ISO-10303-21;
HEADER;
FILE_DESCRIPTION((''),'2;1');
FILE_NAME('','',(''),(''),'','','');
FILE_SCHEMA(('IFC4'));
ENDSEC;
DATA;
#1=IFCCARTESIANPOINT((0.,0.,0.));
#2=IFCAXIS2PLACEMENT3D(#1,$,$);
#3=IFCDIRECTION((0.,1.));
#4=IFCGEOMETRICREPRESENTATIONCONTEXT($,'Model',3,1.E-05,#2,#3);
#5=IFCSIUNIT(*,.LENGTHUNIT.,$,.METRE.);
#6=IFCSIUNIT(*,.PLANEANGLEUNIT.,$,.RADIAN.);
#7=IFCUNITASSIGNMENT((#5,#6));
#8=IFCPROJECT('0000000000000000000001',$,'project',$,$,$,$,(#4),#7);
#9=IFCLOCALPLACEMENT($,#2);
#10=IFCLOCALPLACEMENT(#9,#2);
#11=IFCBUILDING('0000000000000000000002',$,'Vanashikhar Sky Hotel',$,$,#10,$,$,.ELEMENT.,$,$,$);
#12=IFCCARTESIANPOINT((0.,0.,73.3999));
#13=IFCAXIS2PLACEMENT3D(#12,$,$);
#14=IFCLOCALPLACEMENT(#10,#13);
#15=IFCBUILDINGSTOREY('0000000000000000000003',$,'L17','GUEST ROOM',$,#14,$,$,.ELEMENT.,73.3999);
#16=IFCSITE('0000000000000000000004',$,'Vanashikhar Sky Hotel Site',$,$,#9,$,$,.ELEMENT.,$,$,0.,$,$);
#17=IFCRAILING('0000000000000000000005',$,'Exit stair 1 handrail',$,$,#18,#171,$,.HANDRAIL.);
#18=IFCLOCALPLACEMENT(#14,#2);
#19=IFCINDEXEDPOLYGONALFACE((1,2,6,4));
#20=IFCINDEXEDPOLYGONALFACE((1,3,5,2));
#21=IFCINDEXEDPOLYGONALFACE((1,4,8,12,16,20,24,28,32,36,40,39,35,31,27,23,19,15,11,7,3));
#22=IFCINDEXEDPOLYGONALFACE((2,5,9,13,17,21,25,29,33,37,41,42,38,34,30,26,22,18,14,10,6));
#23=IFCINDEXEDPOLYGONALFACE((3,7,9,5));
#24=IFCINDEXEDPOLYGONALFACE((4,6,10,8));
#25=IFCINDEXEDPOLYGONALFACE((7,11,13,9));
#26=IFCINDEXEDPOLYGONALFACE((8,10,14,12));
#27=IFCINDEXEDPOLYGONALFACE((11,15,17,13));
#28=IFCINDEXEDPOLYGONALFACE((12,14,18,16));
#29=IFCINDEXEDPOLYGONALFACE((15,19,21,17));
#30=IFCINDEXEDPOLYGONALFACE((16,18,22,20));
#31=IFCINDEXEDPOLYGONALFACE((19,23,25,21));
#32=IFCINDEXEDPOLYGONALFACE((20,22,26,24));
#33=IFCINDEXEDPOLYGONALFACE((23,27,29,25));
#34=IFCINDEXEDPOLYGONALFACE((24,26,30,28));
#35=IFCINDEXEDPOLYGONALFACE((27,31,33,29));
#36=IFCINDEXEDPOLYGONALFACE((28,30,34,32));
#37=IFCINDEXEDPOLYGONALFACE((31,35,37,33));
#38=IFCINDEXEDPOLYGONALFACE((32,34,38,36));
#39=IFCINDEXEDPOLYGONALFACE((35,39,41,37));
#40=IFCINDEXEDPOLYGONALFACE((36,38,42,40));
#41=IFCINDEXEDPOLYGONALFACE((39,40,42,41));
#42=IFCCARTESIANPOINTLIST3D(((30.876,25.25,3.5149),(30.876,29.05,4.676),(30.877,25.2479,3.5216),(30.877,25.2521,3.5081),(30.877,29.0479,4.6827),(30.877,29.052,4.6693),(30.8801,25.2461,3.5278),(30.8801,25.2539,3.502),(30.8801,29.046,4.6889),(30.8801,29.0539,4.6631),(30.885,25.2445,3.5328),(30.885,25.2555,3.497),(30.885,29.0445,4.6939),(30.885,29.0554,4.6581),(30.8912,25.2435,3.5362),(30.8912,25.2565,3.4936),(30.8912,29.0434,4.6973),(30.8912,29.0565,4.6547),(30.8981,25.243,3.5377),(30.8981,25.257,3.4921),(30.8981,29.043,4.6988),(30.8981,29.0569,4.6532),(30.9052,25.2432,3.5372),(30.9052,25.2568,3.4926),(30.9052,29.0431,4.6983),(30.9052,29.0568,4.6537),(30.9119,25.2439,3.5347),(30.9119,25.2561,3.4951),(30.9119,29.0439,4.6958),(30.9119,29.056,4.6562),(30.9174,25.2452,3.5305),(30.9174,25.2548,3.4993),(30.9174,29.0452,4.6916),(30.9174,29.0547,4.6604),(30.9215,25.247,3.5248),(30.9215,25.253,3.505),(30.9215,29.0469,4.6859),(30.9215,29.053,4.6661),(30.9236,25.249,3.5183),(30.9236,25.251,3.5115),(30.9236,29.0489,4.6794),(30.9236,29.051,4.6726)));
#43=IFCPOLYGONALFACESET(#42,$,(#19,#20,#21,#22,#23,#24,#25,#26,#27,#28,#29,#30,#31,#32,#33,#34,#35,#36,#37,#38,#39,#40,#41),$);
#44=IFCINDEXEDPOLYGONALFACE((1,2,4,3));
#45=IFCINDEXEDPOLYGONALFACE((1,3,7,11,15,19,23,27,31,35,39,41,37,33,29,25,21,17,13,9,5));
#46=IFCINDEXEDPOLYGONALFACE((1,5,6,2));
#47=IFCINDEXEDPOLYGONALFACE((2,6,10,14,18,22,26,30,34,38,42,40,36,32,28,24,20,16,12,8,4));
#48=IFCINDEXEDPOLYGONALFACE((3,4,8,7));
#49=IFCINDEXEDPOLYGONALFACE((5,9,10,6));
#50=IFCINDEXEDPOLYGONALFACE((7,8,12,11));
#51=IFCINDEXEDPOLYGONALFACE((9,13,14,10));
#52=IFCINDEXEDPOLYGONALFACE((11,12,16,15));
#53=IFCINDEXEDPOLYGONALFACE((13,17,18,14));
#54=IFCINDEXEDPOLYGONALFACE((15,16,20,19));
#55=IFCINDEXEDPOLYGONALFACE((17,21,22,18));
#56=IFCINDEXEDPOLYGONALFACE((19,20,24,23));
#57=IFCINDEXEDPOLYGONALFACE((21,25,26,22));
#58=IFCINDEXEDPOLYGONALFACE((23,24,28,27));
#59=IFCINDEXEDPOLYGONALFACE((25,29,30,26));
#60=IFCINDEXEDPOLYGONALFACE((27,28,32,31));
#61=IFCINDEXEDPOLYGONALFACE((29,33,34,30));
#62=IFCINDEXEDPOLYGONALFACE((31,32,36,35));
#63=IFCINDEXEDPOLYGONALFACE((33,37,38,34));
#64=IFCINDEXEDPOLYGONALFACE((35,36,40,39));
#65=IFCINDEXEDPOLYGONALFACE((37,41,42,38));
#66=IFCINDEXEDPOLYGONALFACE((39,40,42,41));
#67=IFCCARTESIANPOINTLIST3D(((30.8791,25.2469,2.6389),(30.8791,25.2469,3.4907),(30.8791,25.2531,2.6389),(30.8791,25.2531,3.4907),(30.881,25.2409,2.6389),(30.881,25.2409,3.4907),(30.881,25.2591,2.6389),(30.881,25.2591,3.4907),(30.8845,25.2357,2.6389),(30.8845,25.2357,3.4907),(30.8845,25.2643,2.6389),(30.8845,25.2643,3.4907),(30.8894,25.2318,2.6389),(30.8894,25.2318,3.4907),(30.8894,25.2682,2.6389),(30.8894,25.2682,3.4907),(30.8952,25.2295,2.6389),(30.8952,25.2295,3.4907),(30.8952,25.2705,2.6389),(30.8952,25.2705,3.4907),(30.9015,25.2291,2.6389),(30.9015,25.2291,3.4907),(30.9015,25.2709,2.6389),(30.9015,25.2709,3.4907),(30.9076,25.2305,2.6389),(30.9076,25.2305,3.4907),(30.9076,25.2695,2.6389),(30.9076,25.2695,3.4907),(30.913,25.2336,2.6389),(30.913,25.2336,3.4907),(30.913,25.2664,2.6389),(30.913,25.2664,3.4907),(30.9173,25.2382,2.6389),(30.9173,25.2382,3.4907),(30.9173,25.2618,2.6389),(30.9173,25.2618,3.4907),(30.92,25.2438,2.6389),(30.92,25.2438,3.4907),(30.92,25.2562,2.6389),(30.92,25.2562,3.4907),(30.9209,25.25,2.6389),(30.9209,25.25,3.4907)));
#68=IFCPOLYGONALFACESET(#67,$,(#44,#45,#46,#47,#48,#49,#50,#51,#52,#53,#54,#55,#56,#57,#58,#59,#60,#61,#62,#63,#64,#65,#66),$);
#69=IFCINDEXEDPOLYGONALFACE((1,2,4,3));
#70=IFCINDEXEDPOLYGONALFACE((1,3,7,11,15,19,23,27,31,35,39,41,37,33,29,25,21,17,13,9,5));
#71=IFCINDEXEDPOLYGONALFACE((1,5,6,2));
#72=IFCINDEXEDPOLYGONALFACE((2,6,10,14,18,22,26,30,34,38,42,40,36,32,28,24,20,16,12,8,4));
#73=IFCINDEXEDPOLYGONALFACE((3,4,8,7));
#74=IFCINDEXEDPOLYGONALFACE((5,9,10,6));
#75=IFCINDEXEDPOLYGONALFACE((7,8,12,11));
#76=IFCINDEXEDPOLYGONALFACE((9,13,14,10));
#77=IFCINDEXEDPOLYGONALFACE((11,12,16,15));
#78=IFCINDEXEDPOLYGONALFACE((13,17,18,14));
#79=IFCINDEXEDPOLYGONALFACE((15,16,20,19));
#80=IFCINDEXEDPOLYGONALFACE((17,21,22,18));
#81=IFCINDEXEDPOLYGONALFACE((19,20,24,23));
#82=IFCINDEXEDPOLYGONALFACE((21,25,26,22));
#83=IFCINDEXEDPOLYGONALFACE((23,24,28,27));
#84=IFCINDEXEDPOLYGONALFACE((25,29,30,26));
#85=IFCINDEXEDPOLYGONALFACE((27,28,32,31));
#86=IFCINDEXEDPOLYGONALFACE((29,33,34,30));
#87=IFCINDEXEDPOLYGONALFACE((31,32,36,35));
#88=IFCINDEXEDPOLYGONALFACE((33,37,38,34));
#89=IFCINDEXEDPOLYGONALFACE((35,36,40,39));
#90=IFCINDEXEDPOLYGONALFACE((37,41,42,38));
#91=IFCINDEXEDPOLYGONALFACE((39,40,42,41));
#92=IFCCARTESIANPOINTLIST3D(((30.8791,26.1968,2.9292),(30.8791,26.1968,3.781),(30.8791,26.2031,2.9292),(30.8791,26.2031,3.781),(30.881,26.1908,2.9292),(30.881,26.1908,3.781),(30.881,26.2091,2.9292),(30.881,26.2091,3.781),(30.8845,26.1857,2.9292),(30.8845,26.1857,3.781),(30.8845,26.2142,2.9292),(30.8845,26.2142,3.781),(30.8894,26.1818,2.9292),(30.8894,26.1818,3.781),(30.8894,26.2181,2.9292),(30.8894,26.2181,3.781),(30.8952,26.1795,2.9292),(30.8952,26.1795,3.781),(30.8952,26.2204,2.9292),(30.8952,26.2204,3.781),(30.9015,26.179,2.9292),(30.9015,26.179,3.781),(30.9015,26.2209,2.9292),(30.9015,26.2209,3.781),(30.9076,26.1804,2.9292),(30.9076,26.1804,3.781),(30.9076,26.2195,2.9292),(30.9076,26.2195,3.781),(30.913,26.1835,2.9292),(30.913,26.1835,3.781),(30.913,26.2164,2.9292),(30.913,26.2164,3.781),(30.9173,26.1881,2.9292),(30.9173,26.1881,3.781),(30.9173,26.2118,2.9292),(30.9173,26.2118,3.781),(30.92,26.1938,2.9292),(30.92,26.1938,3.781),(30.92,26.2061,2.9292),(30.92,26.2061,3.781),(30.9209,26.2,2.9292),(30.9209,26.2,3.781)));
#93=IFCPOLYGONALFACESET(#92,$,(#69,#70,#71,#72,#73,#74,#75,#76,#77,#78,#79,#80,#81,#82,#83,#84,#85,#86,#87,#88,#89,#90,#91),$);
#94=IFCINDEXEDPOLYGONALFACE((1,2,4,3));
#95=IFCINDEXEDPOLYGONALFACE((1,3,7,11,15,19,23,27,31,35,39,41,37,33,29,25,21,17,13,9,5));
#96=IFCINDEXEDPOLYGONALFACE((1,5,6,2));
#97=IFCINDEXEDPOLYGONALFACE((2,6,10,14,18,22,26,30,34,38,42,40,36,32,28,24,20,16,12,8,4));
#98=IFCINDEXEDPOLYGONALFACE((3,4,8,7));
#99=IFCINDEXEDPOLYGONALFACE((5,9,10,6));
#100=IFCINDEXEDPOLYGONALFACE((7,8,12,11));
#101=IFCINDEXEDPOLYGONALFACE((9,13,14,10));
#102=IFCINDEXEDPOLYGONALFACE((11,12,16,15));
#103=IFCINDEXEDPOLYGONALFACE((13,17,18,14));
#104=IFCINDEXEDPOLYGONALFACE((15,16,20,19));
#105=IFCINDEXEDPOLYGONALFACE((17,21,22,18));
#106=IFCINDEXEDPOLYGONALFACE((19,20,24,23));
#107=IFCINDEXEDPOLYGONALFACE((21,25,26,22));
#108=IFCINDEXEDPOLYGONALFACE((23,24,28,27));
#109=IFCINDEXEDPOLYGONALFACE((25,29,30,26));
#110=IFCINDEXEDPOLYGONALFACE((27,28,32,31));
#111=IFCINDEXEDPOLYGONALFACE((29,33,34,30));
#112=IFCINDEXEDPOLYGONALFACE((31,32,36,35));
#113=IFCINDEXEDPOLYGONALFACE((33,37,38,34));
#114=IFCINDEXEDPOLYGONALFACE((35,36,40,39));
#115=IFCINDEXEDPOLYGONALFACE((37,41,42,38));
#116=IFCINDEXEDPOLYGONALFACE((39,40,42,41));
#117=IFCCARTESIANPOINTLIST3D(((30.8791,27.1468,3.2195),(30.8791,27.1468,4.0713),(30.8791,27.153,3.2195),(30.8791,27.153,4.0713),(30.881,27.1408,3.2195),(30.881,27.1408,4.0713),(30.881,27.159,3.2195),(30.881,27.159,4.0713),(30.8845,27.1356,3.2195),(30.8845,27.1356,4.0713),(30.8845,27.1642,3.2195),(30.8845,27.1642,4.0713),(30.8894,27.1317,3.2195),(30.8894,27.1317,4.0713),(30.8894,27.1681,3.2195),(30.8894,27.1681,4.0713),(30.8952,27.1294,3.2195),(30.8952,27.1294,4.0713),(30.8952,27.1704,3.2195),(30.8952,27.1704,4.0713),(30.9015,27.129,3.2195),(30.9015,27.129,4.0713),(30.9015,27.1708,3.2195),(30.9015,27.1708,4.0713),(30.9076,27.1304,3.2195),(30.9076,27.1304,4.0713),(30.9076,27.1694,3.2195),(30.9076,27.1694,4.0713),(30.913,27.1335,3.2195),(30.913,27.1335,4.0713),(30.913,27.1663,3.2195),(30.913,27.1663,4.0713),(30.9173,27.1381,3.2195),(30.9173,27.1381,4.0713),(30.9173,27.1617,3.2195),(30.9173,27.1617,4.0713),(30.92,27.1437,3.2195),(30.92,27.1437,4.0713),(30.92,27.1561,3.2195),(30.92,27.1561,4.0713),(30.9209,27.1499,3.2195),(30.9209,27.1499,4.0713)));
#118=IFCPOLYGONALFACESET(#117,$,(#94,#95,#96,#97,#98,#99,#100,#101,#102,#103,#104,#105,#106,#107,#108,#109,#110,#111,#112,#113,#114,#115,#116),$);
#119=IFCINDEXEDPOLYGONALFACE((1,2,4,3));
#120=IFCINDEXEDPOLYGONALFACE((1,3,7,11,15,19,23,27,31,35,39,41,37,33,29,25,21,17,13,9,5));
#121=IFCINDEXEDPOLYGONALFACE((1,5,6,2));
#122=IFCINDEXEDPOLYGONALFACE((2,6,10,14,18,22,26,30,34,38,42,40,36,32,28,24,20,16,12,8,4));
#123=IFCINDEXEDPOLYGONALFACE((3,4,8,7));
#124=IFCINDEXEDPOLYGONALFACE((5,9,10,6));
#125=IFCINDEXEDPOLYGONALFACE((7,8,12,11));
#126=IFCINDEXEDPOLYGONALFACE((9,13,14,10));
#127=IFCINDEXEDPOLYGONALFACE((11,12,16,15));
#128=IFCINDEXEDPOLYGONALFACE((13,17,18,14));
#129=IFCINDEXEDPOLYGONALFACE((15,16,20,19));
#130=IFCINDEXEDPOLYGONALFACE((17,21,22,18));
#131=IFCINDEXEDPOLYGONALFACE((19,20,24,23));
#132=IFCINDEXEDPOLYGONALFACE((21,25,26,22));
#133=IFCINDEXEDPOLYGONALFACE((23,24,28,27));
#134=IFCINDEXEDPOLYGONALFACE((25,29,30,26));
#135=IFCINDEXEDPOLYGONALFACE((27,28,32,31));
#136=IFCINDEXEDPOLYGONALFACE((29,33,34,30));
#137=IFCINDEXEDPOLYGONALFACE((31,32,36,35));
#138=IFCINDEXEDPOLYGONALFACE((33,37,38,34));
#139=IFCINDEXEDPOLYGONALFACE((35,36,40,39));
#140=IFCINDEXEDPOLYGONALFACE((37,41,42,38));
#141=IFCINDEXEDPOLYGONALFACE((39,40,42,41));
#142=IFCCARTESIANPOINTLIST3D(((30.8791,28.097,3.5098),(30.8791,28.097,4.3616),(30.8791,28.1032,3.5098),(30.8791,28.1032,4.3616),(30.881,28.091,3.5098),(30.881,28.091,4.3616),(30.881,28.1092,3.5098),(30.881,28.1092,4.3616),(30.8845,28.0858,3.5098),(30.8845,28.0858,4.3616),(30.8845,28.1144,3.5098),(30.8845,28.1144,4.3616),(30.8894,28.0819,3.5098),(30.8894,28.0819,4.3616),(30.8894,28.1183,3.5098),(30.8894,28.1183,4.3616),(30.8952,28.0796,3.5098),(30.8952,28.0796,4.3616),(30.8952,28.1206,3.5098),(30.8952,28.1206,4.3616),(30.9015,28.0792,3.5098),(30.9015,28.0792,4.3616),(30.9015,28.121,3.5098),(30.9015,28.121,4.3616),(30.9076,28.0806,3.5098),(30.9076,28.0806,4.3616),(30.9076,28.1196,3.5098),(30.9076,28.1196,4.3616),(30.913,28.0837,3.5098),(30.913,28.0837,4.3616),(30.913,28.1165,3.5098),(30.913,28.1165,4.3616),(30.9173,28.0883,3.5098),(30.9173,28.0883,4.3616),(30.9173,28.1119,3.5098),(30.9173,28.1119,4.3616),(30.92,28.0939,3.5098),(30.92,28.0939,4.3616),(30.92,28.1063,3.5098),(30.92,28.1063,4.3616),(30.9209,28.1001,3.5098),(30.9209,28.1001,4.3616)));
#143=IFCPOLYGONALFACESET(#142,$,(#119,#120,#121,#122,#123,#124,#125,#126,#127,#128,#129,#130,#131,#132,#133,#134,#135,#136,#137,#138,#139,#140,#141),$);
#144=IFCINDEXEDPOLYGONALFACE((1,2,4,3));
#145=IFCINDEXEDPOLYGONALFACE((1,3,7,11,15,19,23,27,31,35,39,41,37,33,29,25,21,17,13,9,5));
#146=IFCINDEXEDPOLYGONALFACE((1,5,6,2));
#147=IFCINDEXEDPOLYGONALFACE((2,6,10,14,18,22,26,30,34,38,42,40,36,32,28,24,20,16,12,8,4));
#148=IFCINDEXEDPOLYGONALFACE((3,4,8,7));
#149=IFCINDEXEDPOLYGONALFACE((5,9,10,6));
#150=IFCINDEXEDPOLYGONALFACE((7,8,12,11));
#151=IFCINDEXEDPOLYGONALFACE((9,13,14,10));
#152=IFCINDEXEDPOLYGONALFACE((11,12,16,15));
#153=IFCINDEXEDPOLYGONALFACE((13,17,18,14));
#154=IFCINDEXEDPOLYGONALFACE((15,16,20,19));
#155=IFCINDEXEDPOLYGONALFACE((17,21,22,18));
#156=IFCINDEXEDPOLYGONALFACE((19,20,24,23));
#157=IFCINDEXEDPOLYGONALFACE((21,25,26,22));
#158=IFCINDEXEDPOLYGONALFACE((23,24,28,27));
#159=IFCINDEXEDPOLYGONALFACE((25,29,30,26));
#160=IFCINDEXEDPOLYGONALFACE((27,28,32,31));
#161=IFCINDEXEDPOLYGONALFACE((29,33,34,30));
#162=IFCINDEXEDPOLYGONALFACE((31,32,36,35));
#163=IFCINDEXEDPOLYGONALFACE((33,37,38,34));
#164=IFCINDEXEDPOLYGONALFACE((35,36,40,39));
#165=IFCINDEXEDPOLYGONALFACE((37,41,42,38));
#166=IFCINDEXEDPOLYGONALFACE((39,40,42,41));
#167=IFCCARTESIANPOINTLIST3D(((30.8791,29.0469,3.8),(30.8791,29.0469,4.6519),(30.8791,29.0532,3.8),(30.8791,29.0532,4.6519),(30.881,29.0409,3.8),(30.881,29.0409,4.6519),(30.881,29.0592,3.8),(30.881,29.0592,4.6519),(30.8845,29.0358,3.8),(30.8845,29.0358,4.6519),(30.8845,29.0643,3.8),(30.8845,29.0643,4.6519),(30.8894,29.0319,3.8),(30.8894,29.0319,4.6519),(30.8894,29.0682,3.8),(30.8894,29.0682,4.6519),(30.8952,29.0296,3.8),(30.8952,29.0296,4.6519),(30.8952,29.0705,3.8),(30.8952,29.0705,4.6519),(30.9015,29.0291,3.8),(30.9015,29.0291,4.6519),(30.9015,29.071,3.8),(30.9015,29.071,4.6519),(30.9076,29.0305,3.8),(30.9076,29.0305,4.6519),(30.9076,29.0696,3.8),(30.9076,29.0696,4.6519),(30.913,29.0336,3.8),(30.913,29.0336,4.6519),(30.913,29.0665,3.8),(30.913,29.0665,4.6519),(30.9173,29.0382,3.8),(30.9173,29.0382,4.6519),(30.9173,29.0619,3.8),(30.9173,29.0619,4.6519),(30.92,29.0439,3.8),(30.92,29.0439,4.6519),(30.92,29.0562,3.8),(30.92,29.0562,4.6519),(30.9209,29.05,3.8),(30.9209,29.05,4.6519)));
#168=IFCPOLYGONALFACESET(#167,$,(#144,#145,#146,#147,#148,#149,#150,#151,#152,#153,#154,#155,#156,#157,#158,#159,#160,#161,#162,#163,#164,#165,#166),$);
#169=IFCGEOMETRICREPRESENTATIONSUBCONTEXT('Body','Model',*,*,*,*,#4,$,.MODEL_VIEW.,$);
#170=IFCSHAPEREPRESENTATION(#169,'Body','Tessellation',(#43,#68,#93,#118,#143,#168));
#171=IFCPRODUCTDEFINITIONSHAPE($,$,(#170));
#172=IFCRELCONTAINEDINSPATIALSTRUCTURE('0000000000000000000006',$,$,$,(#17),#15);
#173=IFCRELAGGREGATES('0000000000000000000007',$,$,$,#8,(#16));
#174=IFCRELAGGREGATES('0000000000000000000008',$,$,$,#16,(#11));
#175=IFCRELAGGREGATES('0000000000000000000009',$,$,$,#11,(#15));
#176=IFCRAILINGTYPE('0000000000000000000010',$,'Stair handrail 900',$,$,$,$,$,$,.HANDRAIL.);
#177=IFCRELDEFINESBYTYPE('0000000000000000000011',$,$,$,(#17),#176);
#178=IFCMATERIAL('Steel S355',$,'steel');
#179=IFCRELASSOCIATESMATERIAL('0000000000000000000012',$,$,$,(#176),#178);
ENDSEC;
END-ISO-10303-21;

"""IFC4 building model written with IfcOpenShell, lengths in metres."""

from ifc_helpers import new_model, si_unit, direction, frame, origin, origin_2d, place, context, subcontext, project, spatial, circle, extrude, source, transform, mapped, material, type_object, element, save


model = new_model("IFC4")

# Units and contexts
model_context = context("Model", 3, precision=1e-05, world=origin(), true_north=direction((0.0, 1.0)))
body_context = subcontext(model_context, "Body", "Model", "MODEL_VIEW")
ifc_project = project(units=[si_unit("LENGTHUNIT", "METRE"), si_unit("PLANEANGLEUNIT", "RADIAN")], contexts=[model_context])

# Site, building, storey
site_placement = place(None, origin())
site = spatial("IfcSite", under=ifc_project, at=site_placement, Name="Vanashikhar Sky Hotel Site", CompositionType="ELEMENT", RefElevation=0.0)
building_placement = place(site_placement, origin())
building = spatial("IfcBuilding", under=site, at=building_placement, Name="Vanashikhar Sky Hotel", CompositionType="ELEMENT")
storey_placement = place(building_placement, frame((0.0, 0.0, 73.3999)))
storey = spatial("IfcBuildingStorey", under=building, at=storey_placement, Name="L17", Description="GUEST ROOM", CompositionType="ELEMENT", Elevation=73.3999)

# Railing
ifc_material_1 = material(Name="Steel S355", Category="steel")
railing_type = type_object("IfcRailingType", Name="Stair handrail 900", PredefinedType="HANDRAIL", material=ifc_material_1)
shared_shape_1 = source(origin(), body_context, "Body", "SweptSolid", [
    extrude(circle(Radius=0.0239, at=origin_2d()), frame((0.0, 0.0, 0.876), z_axis=(0.0, 0.956351, 0.29222), x_axis=(-1.0, 0.0, 0.0)), (0.0, 0.0, 1.0), 3.9734),
    extrude(circle(Radius=0.021, at=origin_2d()), origin(), (0.0, 0.0, 1.0), 0.8518),
    extrude(circle(Radius=0.021, at=origin_2d()), frame((0.0, 0.95, 0.2903)), (0.0, 0.0, 1.0), 0.8518),
    extrude(circle(Radius=0.021, at=origin_2d()), frame((0.0, 1.8999, 0.5806)), (0.0, 0.0, 1.0), 0.8518),
    extrude(circle(Radius=0.021, at=origin_2d()), frame((0.0, 2.8501, 0.8708)), (0.0, 0.0, 1.0), 0.8518),
    extrude(circle(Radius=0.021, at=origin_2d()), frame((0.0, 3.8, 1.1611)), (0.0, 0.0, 1.0), 0.8518),
])
for number, where, name in (
    (1, (30.8999, 25.25, 2.6389), "Exit stair 1 handrail"),
):
    element("IfcRailing", number, at=place(storey_placement, frame(where)), inside=storey, type_object=railing_type, Name=name, PredefinedType="HANDRAIL", context=body_context, shape_type="MappedRepresentation", body=[
        mapped(shared_shape_1, transform((0.0, 0.0, 0.0), scale=1.0)),
    ])

save(model, "model.ifc")
